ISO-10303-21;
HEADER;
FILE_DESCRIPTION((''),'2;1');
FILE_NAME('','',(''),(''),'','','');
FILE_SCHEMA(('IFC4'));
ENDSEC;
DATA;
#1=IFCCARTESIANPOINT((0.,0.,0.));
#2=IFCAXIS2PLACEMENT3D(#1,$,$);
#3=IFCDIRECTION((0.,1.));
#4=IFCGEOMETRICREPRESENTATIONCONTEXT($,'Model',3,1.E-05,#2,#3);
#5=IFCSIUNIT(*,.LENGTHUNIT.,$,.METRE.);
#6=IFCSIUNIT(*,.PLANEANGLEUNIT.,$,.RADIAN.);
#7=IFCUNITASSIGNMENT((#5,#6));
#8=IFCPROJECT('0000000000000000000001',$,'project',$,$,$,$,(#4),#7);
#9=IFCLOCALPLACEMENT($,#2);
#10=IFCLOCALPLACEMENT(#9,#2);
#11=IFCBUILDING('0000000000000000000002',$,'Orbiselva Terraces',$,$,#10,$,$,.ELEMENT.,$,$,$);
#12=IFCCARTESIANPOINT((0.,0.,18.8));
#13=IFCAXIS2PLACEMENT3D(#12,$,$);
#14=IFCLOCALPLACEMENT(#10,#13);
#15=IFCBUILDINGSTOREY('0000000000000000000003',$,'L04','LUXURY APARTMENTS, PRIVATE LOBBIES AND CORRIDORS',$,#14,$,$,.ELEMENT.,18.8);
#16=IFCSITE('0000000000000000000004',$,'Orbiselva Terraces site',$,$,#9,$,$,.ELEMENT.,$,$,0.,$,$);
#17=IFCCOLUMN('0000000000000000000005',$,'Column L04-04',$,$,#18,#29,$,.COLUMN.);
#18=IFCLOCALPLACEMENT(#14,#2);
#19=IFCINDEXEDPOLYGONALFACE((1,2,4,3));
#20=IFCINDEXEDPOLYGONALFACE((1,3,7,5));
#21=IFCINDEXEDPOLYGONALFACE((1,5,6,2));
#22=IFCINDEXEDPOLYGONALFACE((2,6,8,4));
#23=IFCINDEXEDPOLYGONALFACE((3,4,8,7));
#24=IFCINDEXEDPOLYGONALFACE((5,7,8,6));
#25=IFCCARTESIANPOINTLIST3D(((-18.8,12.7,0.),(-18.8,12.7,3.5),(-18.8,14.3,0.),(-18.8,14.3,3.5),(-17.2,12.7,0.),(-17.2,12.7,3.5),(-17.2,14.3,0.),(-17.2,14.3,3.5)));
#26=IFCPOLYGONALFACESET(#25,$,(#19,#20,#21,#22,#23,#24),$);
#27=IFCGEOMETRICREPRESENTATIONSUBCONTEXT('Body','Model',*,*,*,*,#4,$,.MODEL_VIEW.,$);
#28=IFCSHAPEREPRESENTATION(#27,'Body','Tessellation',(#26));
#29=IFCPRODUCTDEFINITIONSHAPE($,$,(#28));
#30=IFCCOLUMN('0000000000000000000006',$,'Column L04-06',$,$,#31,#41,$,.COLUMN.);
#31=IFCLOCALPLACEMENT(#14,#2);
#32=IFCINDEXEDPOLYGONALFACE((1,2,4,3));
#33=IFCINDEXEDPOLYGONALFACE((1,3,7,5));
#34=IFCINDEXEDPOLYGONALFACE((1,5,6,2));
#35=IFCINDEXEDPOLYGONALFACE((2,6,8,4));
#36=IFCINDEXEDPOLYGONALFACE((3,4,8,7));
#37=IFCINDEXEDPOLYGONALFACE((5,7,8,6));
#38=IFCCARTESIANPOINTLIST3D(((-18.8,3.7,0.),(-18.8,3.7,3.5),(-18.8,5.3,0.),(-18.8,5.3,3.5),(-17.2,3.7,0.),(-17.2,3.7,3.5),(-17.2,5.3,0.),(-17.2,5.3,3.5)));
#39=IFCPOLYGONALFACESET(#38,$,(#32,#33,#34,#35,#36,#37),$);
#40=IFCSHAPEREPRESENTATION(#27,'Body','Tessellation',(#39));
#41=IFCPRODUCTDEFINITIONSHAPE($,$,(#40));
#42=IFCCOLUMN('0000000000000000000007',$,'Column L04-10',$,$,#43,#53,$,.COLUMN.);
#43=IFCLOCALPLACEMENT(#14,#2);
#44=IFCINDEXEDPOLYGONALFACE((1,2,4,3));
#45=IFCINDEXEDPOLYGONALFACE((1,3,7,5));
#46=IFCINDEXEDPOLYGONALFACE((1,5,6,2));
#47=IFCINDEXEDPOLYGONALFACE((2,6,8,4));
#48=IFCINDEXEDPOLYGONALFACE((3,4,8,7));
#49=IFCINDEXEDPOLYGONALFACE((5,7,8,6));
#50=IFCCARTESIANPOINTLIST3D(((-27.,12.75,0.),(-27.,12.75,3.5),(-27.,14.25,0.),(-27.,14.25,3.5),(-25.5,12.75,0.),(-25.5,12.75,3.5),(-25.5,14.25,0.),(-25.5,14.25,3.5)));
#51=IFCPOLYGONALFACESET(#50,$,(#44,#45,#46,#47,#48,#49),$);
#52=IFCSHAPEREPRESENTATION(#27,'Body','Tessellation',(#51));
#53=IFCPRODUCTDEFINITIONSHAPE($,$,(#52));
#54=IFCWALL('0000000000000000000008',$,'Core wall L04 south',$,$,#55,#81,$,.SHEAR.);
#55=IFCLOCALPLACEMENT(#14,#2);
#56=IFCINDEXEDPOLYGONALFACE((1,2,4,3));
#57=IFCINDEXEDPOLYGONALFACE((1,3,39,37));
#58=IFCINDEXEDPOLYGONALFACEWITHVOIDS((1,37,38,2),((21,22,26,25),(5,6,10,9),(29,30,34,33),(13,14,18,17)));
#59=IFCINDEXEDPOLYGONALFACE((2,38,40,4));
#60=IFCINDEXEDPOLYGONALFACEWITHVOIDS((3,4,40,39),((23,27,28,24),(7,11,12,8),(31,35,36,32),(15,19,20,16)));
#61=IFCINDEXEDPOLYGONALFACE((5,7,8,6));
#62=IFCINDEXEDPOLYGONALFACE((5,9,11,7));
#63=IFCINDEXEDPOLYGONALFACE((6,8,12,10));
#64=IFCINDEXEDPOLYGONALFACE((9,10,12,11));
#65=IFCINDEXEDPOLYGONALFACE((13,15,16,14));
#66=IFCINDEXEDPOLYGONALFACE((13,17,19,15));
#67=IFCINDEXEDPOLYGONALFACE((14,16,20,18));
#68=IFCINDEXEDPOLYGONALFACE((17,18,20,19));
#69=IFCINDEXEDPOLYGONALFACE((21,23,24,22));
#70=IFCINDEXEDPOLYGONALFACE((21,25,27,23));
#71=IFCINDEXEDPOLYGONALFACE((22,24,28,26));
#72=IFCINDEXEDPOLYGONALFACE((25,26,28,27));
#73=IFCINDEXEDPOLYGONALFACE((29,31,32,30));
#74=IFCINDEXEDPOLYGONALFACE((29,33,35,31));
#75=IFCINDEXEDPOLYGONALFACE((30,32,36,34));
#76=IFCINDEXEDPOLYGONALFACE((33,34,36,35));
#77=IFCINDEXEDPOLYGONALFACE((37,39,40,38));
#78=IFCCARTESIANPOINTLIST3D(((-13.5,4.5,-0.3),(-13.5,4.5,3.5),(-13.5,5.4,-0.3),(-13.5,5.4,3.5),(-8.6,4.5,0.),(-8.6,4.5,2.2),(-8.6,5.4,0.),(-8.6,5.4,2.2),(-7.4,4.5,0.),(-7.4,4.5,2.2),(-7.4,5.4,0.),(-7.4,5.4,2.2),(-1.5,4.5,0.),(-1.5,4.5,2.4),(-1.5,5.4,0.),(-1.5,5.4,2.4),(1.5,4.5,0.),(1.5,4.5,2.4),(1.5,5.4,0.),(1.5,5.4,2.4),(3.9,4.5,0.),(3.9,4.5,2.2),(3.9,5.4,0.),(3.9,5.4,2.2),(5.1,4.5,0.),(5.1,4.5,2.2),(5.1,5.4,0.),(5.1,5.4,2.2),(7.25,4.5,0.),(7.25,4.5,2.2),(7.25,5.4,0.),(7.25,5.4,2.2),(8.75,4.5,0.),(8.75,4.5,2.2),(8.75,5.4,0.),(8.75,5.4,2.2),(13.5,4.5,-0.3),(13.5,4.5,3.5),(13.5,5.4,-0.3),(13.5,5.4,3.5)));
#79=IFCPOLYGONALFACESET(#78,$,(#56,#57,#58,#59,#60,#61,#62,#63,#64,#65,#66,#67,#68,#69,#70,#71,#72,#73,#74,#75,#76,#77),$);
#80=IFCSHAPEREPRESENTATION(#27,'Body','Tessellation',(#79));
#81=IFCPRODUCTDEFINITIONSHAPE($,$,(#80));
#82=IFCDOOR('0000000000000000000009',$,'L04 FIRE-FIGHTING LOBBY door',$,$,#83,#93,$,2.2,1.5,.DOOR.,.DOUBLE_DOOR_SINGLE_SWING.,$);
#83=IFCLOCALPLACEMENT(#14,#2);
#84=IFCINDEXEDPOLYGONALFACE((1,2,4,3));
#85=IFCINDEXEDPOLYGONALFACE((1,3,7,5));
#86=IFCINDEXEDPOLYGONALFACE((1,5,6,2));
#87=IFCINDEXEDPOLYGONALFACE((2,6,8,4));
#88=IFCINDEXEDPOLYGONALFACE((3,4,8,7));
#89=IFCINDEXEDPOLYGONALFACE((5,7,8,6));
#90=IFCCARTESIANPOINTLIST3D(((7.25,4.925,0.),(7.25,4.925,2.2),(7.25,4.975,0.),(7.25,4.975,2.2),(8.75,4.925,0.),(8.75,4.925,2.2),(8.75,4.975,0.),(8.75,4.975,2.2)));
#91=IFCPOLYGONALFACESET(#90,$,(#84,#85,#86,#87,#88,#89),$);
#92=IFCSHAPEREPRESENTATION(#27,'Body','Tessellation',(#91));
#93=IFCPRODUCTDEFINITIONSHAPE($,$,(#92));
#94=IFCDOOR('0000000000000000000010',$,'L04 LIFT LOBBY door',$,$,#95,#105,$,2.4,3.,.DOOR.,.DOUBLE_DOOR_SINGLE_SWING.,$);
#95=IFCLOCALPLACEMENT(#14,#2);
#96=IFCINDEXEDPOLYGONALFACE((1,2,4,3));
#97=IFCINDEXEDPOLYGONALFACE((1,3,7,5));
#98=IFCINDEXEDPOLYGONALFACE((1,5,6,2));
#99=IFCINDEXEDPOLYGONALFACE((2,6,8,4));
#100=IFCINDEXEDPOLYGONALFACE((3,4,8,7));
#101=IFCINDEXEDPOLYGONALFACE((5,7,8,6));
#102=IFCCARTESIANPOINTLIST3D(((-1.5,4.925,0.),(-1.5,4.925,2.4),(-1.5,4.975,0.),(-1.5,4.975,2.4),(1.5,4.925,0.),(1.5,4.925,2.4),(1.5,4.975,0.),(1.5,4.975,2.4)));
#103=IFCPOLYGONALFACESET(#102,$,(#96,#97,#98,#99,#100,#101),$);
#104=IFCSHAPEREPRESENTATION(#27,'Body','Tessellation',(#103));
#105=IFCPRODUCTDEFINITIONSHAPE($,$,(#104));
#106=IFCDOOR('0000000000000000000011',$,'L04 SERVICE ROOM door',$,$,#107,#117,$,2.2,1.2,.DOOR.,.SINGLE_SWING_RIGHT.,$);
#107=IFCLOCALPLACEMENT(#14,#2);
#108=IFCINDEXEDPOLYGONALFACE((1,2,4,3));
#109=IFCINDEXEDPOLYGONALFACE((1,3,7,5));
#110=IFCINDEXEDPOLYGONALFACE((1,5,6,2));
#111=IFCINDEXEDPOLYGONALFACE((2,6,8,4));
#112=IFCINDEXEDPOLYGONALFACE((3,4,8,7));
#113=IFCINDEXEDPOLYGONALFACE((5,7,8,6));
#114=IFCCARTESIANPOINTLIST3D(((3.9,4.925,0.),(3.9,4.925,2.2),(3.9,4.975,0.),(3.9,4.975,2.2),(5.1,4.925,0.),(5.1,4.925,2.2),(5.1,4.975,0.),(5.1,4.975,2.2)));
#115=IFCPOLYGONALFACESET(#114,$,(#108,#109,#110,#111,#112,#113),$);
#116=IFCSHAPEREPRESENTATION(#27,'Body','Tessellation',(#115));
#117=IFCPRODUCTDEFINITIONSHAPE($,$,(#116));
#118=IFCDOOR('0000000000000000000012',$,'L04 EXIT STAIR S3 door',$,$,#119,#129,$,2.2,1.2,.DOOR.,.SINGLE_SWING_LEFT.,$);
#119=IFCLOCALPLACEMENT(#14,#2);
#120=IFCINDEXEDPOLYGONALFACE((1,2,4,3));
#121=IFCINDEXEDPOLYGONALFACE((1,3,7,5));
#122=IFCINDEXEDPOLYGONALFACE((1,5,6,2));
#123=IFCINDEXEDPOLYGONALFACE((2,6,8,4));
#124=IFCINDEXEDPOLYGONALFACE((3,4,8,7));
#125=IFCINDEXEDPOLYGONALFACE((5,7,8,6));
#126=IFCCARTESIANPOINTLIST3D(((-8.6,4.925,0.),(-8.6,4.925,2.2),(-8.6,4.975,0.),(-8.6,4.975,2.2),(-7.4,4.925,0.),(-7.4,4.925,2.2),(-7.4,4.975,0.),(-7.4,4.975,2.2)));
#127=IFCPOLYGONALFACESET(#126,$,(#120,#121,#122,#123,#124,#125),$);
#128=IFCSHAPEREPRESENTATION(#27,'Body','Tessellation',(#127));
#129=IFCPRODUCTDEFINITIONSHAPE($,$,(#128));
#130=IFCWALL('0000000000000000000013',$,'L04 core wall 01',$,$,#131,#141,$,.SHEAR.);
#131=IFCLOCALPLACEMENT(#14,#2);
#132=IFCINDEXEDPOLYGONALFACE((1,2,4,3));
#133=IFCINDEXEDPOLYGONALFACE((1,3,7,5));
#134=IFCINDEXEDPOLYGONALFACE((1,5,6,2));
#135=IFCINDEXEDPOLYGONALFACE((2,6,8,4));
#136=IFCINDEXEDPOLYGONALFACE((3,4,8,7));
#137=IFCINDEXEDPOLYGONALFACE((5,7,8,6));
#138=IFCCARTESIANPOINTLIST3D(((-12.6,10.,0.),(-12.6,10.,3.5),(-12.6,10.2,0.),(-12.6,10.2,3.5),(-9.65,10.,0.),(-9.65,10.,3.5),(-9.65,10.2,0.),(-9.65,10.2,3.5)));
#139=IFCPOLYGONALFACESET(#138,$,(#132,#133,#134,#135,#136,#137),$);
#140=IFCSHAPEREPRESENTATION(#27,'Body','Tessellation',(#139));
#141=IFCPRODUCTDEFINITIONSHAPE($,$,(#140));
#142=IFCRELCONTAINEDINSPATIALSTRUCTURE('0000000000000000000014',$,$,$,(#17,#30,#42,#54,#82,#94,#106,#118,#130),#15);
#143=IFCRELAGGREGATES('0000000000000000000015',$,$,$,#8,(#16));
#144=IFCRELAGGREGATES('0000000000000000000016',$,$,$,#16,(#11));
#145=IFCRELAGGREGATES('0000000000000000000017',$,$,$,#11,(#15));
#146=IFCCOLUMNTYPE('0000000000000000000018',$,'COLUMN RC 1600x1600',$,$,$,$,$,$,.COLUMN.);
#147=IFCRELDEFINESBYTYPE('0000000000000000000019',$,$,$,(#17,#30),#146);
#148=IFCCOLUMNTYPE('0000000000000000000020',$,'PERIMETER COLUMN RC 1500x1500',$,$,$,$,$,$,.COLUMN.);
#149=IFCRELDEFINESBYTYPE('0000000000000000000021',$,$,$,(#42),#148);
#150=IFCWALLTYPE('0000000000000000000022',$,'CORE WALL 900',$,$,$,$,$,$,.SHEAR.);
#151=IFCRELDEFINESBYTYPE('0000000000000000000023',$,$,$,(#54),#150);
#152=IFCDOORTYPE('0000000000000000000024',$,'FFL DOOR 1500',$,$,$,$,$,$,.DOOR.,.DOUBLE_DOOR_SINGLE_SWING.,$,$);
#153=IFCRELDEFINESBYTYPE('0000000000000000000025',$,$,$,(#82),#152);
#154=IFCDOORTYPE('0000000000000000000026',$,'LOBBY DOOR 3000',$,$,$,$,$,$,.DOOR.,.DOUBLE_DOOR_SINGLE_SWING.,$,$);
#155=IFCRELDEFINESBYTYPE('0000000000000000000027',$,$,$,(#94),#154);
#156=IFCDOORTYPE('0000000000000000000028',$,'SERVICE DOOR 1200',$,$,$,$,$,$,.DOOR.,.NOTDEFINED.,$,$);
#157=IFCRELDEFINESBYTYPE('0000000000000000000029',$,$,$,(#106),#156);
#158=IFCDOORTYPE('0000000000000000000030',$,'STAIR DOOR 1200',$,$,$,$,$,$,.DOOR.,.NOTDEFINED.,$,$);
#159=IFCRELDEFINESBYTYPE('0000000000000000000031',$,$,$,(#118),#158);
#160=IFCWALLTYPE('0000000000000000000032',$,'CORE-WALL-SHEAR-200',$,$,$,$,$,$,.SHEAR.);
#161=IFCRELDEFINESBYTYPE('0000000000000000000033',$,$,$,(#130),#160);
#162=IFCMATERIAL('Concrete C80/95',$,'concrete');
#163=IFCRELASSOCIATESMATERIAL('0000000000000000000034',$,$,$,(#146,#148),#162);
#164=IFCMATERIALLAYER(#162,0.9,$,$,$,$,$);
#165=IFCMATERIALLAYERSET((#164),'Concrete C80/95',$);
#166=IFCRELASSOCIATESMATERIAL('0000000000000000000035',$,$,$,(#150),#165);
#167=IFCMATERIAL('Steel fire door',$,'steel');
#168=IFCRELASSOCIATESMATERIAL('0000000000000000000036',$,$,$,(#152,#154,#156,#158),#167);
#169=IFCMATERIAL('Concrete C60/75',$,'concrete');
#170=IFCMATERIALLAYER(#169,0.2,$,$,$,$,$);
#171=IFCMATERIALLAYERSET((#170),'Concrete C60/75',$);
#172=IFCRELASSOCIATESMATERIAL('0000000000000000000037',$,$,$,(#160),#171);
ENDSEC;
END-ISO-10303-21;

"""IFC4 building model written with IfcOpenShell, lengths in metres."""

from ifc_helpers import new_model, si_unit, direction, frame, frame_2d, origin, origin_2d, place, context, subcontext, project, spatial, rectangle, extrude, material, layer, layer_set, material_profile, profile_set, type_object, element, fill, save


model = new_model("IFC4")

# Units and contexts
model_context = context("Model", 3, precision=1e-05, world=origin(), true_north=direction((0.0, 1.0)))
body_context = subcontext(model_context, "Body", "Model", "MODEL_VIEW")
ifc_project = project(units=[si_unit("LENGTHUNIT", "METRE"), si_unit("PLANEANGLEUNIT", "RADIAN")], contexts=[model_context])

# Site, building, storey
site_placement = place(None, origin())
site = spatial("IfcSite", under=ifc_project, at=site_placement, Name="Orbiselva Terraces site", CompositionType="ELEMENT", RefElevation=0.0)
building_placement = place(site_placement, origin())
building = spatial("IfcBuilding", under=site, at=building_placement, Name="Orbiselva Terraces", CompositionType="ELEMENT")
storey_placement = place(building_placement, frame((0.0, 0.0, 18.8)))
storey = spatial("IfcBuildingStorey", under=building, at=storey_placement, Name="L04", Description="LUXURY APARTMENTS, PRIVATE LOBBIES AND CORRIDORS", CompositionType="ELEMENT", Elevation=18.8)

# Columns
ifc_material_1 = material(Name="Concrete C80/95", Category="concrete")
ifc_material_profile_1 = material_profile(ifc_material_1, rectangle(XDim=1.6, YDim=1.6, at=origin_2d()), Name="RC 1600x1600")
ifc_profile_set_1 = profile_set([ifc_material_profile_1], Name="Concrete C80/95")
column_type_1 = type_object("IfcColumnType", Name="COLUMN RC 1600x1600", PredefinedType="COLUMN", material=ifc_profile_set_1)
for number, where, z_axis, x_axis, name in (
    (1, (-18.0, 13.5, 0.0), (0.0, 0.0, 1.0), (1.0, 0.0, 0.0), "Column L04-04"),
    (2, (-18.0, 4.5, 0.0), (0.0, 0.0, 1.0), (1.0, 0.0, 0.0), "Column L04-06"),
):
    element("IfcColumn", number, at=place(storey_placement, frame(where, z_axis=z_axis, x_axis=x_axis)), inside=storey, type_object=column_type_1, Name=name, PredefinedType="COLUMN", context=body_context, shape_type="SweptSolid", body=[
        extrude(rectangle(XDim=1.6, YDim=1.6, at=origin_2d()), origin(), (0.0, 0.0, 1.0), 3.5),
    ])
ifc_material_profile_2 = material_profile(ifc_material_1, rectangle(XDim=1.5, YDim=1.5, at=origin_2d()), Name="RC 1500x1500")
ifc_profile_set_2 = profile_set([ifc_material_profile_2], Name="Concrete C80/95")
column_type_2 = type_object("IfcColumnType", Name="PERIMETER COLUMN RC 1500x1500", PredefinedType="COLUMN", material=ifc_profile_set_2)
column_placement = place(storey_placement, frame((-26.25, 13.5, 0.0), z_axis=(0.0, 0.0, 1.0), x_axis=(1.0, 0.0, 0.0)))
element("IfcColumn", 3, at=column_placement, inside=storey, type_object=column_type_2, Name="Column L04-10", PredefinedType="COLUMN", context=body_context, shape_type="SweptSolid", body=[
    extrude(rectangle(XDim=1.5, YDim=1.5, at=origin_2d()), origin(), (0.0, 0.0, 1.0), 3.5),
])

# Wall, openings, doors
ifc_layer_1 = layer(ifc_material_1, 0.9)
ifc_layer_set_1 = layer_set([ifc_layer_1], Name="Concrete C80/95")
wall_type_1 = type_object("IfcWallType", Name="CORE WALL 900", PredefinedType="SHEAR", material=ifc_layer_set_1)
wall_1_placement = place(storey_placement, frame((-13.5, 4.95, -0.3), z_axis=(0.0, 0.0, 1.0), x_axis=(1.0, 0.0, 0.0)))
wall_1 = element("IfcWall", 4, at=wall_1_placement, inside=storey, type_object=wall_type_1, Name="Core wall L04 south", PredefinedType="SHEAR", context=body_context, shape_type="SweptSolid", body=[
    extrude(rectangle(XDim=27.0, YDim=0.9, at=frame_2d((13.5, 0.0))), origin(), (0.0, 0.0, 1.0), 3.8),
])
opening_1_placement = place(wall_1_placement, frame((12.0, 0.0, 0.3)))
opening_1 = element("IfcOpeningElement", 5, at=opening_1_placement, cuts=wall_1, PredefinedType="OPENING", context=body_context, shape_type="SweptSolid", body=[
    extrude(rectangle(XDim=3.0, YDim=2.4, at=frame_2d((1.5, 1.2))), frame((0.0, 0.46, 0.0), z_axis=(0.0, -1.0, 0.0), x_axis=(1.0, 0.0, 0.0)), (0.0, 0.0, 1.0), 0.92),
])
opening_2_placement = place(wall_1_placement, frame((4.9, 0.0, 0.3)))
opening_2 = element("IfcOpeningElement", 6, at=opening_2_placement, cuts=wall_1, PredefinedType="OPENING", context=body_context, shape_type="SweptSolid", body=[
    extrude(rectangle(XDim=1.2, YDim=2.2, at=frame_2d((0.6, 1.1))), frame((0.0, 0.46, 0.0), z_axis=(0.0, -1.0, 0.0), x_axis=(1.0, 0.0, 0.0)), (0.0, 0.0, 1.0), 0.92),
])
opening_3_placement = place(wall_1_placement, frame((20.75, 0.0, 0.3)))
opening_3 = element("IfcOpeningElement", 7, at=opening_3_placement, cuts=wall_1, PredefinedType="OPENING", context=body_context, shape_type="SweptSolid", body=[
    extrude(rectangle(XDim=1.5, YDim=2.2, at=frame_2d((0.75, 1.1))), frame((0.0, 0.46, 0.0), z_axis=(0.0, -1.0, 0.0), x_axis=(1.0, 0.0, 0.0)), (0.0, 0.0, 1.0), 0.92),
])
opening_4_placement = place(wall_1_placement, frame((17.4, 0.0, 0.3)))
opening_4 = element("IfcOpeningElement", 8, at=opening_4_placement, cuts=wall_1, PredefinedType="OPENING", context=body_context, shape_type="SweptSolid", body=[
    extrude(rectangle(XDim=1.2, YDim=2.2, at=frame_2d((0.6, 1.1))), frame((0.0, 0.46, 0.0), z_axis=(0.0, -1.0, 0.0), x_axis=(1.0, 0.0, 0.0)), (0.0, 0.0, 1.0), 0.92),
])
ifc_material_2 = material(Name="Steel fire door", Category="steel")
door_type_1 = type_object("IfcDoorType", Name="FFL DOOR 1500", OperationType="DOUBLE_DOOR_SINGLE_SWING", PredefinedType="DOOR", material=ifc_material_2)
door_1_placement = place(opening_3_placement, frame((1.5, 0.0, 0.0), z_axis=(0.0, 0.0, 1.0), x_axis=(-1.0, 0.0, 0.0)))
door_1 = element("IfcDoor", 9, at=door_1_placement, inside=storey, type_object=door_type_1, Name="L04 FIRE-FIGHTING LOBBY door", OperationType="DOUBLE_DOOR_SINGLE_SWING", OverallHeight=2.2, OverallWidth=1.5, PredefinedType="DOOR", context=body_context, shape_type="SweptSolid", body=[
    extrude(rectangle(XDim=1.5, YDim=2.2, at=frame_2d((0.75, 1.1))), frame((0.0, 0.025, 0.0), z_axis=(0.0, -1.0, 0.0), x_axis=(1.0, 0.0, 0.0)), (0.0, 0.0, 1.0), 0.05),
])
fill(opening_3, door_1)
door_type_2 = type_object("IfcDoorType", Name="LOBBY DOOR 3000", OperationType="DOUBLE_DOOR_SINGLE_SWING", PredefinedType="DOOR", material=ifc_material_2)
door_2_placement = place(opening_1_placement, frame((3.0, 0.0, 0.0), z_axis=(0.0, 0.0, 1.0), x_axis=(-1.0, 0.0, 0.0)))
door_2 = element("IfcDoor", 10, at=door_2_placement, inside=storey, type_object=door_type_2, Name="L04 LIFT LOBBY door", OperationType="DOUBLE_DOOR_SINGLE_SWING", OverallHeight=2.4, OverallWidth=3.0, PredefinedType="DOOR", context=body_context, shape_type="SweptSolid", body=[
    extrude(rectangle(XDim=3.0, YDim=2.4, at=frame_2d((1.5, 1.2))), frame((0.0, 0.025, 0.0), z_axis=(0.0, -1.0, 0.0), x_axis=(1.0, 0.0, 0.0)), (0.0, 0.0, 1.0), 0.05),
])
fill(opening_1, door_2)
door_type_3 = type_object("IfcDoorType", Name="SERVICE DOOR 1200", OperationType="NOTDEFINED", PredefinedType="DOOR", material=ifc_material_2)
door_3_placement = place(opening_4_placement, frame((1.2, 0.0, 0.0), z_axis=(0.0, 0.0, 1.0), x_axis=(-1.0, 0.0, 0.0)))
door_3 = element("IfcDoor", 11, at=door_3_placement, inside=storey, type_object=door_type_3, Name="L04 SERVICE ROOM door", OperationType="SINGLE_SWING_RIGHT", OverallHeight=2.2, OverallWidth=1.2, PredefinedType="DOOR", context=body_context, shape_type="SweptSolid", body=[
    extrude(rectangle(XDim=1.2, YDim=2.2, at=frame_2d((0.6, 1.1))), frame((0.0, 0.025, 0.0), z_axis=(0.0, -1.0, 0.0), x_axis=(1.0, 0.0, 0.0)), (0.0, 0.0, 1.0), 0.05),
])
fill(opening_4, door_3)
door_type_4 = type_object("IfcDoorType", Name="STAIR DOOR 1200", OperationType="NOTDEFINED", PredefinedType="DOOR", material=ifc_material_2)
door_4_placement = place(opening_2_placement, frame((1.2, 0.0, 0.0), z_axis=(0.0, 0.0, 1.0), x_axis=(-1.0, 0.0, 0.0)))
door_4 = element("IfcDoor", 12, at=door_4_placement, inside=storey, type_object=door_type_4, Name="L04 EXIT STAIR S3 door", OperationType="SINGLE_SWING_LEFT", OverallHeight=2.2, OverallWidth=1.2, PredefinedType="DOOR", context=body_context, shape_type="SweptSolid", body=[
    extrude(rectangle(XDim=1.2, YDim=2.2, at=frame_2d((0.6, 1.1))), frame((0.0, 0.025, 0.0), z_axis=(0.0, -1.0, 0.0), x_axis=(1.0, 0.0, 0.0)), (0.0, 0.0, 1.0), 0.05),
])
fill(opening_2, door_4)

# Wall
ifc_material_3 = material(Name="Concrete C60/75", Category="concrete")
ifc_layer_2 = layer(ifc_material_3, 0.2)
ifc_layer_set_2 = layer_set([ifc_layer_2], Name="Concrete C60/75")
wall_type_2 = type_object("IfcWallType", Name="CORE-WALL-SHEAR-200", PredefinedType="SHEAR", material=ifc_layer_set_2)
wall_2_placement = place(storey_placement, frame((-12.6, 10.1, 0.0), z_axis=(0.0, 0.0, 1.0), x_axis=(1.0, 0.0, 0.0)))
element("IfcWall", 13, at=wall_2_placement, inside=storey, type_object=wall_type_2, Name="L04 core wall 01", PredefinedType="SHEAR", context=body_context, shape_type="SweptSolid", body=[
    extrude(rectangle(XDim=2.95, YDim=0.2, at=frame_2d((1.475, 0.0))), origin(), (0.0, 0.0, 1.0), 3.5),
])

save(model, "model.ifc")
